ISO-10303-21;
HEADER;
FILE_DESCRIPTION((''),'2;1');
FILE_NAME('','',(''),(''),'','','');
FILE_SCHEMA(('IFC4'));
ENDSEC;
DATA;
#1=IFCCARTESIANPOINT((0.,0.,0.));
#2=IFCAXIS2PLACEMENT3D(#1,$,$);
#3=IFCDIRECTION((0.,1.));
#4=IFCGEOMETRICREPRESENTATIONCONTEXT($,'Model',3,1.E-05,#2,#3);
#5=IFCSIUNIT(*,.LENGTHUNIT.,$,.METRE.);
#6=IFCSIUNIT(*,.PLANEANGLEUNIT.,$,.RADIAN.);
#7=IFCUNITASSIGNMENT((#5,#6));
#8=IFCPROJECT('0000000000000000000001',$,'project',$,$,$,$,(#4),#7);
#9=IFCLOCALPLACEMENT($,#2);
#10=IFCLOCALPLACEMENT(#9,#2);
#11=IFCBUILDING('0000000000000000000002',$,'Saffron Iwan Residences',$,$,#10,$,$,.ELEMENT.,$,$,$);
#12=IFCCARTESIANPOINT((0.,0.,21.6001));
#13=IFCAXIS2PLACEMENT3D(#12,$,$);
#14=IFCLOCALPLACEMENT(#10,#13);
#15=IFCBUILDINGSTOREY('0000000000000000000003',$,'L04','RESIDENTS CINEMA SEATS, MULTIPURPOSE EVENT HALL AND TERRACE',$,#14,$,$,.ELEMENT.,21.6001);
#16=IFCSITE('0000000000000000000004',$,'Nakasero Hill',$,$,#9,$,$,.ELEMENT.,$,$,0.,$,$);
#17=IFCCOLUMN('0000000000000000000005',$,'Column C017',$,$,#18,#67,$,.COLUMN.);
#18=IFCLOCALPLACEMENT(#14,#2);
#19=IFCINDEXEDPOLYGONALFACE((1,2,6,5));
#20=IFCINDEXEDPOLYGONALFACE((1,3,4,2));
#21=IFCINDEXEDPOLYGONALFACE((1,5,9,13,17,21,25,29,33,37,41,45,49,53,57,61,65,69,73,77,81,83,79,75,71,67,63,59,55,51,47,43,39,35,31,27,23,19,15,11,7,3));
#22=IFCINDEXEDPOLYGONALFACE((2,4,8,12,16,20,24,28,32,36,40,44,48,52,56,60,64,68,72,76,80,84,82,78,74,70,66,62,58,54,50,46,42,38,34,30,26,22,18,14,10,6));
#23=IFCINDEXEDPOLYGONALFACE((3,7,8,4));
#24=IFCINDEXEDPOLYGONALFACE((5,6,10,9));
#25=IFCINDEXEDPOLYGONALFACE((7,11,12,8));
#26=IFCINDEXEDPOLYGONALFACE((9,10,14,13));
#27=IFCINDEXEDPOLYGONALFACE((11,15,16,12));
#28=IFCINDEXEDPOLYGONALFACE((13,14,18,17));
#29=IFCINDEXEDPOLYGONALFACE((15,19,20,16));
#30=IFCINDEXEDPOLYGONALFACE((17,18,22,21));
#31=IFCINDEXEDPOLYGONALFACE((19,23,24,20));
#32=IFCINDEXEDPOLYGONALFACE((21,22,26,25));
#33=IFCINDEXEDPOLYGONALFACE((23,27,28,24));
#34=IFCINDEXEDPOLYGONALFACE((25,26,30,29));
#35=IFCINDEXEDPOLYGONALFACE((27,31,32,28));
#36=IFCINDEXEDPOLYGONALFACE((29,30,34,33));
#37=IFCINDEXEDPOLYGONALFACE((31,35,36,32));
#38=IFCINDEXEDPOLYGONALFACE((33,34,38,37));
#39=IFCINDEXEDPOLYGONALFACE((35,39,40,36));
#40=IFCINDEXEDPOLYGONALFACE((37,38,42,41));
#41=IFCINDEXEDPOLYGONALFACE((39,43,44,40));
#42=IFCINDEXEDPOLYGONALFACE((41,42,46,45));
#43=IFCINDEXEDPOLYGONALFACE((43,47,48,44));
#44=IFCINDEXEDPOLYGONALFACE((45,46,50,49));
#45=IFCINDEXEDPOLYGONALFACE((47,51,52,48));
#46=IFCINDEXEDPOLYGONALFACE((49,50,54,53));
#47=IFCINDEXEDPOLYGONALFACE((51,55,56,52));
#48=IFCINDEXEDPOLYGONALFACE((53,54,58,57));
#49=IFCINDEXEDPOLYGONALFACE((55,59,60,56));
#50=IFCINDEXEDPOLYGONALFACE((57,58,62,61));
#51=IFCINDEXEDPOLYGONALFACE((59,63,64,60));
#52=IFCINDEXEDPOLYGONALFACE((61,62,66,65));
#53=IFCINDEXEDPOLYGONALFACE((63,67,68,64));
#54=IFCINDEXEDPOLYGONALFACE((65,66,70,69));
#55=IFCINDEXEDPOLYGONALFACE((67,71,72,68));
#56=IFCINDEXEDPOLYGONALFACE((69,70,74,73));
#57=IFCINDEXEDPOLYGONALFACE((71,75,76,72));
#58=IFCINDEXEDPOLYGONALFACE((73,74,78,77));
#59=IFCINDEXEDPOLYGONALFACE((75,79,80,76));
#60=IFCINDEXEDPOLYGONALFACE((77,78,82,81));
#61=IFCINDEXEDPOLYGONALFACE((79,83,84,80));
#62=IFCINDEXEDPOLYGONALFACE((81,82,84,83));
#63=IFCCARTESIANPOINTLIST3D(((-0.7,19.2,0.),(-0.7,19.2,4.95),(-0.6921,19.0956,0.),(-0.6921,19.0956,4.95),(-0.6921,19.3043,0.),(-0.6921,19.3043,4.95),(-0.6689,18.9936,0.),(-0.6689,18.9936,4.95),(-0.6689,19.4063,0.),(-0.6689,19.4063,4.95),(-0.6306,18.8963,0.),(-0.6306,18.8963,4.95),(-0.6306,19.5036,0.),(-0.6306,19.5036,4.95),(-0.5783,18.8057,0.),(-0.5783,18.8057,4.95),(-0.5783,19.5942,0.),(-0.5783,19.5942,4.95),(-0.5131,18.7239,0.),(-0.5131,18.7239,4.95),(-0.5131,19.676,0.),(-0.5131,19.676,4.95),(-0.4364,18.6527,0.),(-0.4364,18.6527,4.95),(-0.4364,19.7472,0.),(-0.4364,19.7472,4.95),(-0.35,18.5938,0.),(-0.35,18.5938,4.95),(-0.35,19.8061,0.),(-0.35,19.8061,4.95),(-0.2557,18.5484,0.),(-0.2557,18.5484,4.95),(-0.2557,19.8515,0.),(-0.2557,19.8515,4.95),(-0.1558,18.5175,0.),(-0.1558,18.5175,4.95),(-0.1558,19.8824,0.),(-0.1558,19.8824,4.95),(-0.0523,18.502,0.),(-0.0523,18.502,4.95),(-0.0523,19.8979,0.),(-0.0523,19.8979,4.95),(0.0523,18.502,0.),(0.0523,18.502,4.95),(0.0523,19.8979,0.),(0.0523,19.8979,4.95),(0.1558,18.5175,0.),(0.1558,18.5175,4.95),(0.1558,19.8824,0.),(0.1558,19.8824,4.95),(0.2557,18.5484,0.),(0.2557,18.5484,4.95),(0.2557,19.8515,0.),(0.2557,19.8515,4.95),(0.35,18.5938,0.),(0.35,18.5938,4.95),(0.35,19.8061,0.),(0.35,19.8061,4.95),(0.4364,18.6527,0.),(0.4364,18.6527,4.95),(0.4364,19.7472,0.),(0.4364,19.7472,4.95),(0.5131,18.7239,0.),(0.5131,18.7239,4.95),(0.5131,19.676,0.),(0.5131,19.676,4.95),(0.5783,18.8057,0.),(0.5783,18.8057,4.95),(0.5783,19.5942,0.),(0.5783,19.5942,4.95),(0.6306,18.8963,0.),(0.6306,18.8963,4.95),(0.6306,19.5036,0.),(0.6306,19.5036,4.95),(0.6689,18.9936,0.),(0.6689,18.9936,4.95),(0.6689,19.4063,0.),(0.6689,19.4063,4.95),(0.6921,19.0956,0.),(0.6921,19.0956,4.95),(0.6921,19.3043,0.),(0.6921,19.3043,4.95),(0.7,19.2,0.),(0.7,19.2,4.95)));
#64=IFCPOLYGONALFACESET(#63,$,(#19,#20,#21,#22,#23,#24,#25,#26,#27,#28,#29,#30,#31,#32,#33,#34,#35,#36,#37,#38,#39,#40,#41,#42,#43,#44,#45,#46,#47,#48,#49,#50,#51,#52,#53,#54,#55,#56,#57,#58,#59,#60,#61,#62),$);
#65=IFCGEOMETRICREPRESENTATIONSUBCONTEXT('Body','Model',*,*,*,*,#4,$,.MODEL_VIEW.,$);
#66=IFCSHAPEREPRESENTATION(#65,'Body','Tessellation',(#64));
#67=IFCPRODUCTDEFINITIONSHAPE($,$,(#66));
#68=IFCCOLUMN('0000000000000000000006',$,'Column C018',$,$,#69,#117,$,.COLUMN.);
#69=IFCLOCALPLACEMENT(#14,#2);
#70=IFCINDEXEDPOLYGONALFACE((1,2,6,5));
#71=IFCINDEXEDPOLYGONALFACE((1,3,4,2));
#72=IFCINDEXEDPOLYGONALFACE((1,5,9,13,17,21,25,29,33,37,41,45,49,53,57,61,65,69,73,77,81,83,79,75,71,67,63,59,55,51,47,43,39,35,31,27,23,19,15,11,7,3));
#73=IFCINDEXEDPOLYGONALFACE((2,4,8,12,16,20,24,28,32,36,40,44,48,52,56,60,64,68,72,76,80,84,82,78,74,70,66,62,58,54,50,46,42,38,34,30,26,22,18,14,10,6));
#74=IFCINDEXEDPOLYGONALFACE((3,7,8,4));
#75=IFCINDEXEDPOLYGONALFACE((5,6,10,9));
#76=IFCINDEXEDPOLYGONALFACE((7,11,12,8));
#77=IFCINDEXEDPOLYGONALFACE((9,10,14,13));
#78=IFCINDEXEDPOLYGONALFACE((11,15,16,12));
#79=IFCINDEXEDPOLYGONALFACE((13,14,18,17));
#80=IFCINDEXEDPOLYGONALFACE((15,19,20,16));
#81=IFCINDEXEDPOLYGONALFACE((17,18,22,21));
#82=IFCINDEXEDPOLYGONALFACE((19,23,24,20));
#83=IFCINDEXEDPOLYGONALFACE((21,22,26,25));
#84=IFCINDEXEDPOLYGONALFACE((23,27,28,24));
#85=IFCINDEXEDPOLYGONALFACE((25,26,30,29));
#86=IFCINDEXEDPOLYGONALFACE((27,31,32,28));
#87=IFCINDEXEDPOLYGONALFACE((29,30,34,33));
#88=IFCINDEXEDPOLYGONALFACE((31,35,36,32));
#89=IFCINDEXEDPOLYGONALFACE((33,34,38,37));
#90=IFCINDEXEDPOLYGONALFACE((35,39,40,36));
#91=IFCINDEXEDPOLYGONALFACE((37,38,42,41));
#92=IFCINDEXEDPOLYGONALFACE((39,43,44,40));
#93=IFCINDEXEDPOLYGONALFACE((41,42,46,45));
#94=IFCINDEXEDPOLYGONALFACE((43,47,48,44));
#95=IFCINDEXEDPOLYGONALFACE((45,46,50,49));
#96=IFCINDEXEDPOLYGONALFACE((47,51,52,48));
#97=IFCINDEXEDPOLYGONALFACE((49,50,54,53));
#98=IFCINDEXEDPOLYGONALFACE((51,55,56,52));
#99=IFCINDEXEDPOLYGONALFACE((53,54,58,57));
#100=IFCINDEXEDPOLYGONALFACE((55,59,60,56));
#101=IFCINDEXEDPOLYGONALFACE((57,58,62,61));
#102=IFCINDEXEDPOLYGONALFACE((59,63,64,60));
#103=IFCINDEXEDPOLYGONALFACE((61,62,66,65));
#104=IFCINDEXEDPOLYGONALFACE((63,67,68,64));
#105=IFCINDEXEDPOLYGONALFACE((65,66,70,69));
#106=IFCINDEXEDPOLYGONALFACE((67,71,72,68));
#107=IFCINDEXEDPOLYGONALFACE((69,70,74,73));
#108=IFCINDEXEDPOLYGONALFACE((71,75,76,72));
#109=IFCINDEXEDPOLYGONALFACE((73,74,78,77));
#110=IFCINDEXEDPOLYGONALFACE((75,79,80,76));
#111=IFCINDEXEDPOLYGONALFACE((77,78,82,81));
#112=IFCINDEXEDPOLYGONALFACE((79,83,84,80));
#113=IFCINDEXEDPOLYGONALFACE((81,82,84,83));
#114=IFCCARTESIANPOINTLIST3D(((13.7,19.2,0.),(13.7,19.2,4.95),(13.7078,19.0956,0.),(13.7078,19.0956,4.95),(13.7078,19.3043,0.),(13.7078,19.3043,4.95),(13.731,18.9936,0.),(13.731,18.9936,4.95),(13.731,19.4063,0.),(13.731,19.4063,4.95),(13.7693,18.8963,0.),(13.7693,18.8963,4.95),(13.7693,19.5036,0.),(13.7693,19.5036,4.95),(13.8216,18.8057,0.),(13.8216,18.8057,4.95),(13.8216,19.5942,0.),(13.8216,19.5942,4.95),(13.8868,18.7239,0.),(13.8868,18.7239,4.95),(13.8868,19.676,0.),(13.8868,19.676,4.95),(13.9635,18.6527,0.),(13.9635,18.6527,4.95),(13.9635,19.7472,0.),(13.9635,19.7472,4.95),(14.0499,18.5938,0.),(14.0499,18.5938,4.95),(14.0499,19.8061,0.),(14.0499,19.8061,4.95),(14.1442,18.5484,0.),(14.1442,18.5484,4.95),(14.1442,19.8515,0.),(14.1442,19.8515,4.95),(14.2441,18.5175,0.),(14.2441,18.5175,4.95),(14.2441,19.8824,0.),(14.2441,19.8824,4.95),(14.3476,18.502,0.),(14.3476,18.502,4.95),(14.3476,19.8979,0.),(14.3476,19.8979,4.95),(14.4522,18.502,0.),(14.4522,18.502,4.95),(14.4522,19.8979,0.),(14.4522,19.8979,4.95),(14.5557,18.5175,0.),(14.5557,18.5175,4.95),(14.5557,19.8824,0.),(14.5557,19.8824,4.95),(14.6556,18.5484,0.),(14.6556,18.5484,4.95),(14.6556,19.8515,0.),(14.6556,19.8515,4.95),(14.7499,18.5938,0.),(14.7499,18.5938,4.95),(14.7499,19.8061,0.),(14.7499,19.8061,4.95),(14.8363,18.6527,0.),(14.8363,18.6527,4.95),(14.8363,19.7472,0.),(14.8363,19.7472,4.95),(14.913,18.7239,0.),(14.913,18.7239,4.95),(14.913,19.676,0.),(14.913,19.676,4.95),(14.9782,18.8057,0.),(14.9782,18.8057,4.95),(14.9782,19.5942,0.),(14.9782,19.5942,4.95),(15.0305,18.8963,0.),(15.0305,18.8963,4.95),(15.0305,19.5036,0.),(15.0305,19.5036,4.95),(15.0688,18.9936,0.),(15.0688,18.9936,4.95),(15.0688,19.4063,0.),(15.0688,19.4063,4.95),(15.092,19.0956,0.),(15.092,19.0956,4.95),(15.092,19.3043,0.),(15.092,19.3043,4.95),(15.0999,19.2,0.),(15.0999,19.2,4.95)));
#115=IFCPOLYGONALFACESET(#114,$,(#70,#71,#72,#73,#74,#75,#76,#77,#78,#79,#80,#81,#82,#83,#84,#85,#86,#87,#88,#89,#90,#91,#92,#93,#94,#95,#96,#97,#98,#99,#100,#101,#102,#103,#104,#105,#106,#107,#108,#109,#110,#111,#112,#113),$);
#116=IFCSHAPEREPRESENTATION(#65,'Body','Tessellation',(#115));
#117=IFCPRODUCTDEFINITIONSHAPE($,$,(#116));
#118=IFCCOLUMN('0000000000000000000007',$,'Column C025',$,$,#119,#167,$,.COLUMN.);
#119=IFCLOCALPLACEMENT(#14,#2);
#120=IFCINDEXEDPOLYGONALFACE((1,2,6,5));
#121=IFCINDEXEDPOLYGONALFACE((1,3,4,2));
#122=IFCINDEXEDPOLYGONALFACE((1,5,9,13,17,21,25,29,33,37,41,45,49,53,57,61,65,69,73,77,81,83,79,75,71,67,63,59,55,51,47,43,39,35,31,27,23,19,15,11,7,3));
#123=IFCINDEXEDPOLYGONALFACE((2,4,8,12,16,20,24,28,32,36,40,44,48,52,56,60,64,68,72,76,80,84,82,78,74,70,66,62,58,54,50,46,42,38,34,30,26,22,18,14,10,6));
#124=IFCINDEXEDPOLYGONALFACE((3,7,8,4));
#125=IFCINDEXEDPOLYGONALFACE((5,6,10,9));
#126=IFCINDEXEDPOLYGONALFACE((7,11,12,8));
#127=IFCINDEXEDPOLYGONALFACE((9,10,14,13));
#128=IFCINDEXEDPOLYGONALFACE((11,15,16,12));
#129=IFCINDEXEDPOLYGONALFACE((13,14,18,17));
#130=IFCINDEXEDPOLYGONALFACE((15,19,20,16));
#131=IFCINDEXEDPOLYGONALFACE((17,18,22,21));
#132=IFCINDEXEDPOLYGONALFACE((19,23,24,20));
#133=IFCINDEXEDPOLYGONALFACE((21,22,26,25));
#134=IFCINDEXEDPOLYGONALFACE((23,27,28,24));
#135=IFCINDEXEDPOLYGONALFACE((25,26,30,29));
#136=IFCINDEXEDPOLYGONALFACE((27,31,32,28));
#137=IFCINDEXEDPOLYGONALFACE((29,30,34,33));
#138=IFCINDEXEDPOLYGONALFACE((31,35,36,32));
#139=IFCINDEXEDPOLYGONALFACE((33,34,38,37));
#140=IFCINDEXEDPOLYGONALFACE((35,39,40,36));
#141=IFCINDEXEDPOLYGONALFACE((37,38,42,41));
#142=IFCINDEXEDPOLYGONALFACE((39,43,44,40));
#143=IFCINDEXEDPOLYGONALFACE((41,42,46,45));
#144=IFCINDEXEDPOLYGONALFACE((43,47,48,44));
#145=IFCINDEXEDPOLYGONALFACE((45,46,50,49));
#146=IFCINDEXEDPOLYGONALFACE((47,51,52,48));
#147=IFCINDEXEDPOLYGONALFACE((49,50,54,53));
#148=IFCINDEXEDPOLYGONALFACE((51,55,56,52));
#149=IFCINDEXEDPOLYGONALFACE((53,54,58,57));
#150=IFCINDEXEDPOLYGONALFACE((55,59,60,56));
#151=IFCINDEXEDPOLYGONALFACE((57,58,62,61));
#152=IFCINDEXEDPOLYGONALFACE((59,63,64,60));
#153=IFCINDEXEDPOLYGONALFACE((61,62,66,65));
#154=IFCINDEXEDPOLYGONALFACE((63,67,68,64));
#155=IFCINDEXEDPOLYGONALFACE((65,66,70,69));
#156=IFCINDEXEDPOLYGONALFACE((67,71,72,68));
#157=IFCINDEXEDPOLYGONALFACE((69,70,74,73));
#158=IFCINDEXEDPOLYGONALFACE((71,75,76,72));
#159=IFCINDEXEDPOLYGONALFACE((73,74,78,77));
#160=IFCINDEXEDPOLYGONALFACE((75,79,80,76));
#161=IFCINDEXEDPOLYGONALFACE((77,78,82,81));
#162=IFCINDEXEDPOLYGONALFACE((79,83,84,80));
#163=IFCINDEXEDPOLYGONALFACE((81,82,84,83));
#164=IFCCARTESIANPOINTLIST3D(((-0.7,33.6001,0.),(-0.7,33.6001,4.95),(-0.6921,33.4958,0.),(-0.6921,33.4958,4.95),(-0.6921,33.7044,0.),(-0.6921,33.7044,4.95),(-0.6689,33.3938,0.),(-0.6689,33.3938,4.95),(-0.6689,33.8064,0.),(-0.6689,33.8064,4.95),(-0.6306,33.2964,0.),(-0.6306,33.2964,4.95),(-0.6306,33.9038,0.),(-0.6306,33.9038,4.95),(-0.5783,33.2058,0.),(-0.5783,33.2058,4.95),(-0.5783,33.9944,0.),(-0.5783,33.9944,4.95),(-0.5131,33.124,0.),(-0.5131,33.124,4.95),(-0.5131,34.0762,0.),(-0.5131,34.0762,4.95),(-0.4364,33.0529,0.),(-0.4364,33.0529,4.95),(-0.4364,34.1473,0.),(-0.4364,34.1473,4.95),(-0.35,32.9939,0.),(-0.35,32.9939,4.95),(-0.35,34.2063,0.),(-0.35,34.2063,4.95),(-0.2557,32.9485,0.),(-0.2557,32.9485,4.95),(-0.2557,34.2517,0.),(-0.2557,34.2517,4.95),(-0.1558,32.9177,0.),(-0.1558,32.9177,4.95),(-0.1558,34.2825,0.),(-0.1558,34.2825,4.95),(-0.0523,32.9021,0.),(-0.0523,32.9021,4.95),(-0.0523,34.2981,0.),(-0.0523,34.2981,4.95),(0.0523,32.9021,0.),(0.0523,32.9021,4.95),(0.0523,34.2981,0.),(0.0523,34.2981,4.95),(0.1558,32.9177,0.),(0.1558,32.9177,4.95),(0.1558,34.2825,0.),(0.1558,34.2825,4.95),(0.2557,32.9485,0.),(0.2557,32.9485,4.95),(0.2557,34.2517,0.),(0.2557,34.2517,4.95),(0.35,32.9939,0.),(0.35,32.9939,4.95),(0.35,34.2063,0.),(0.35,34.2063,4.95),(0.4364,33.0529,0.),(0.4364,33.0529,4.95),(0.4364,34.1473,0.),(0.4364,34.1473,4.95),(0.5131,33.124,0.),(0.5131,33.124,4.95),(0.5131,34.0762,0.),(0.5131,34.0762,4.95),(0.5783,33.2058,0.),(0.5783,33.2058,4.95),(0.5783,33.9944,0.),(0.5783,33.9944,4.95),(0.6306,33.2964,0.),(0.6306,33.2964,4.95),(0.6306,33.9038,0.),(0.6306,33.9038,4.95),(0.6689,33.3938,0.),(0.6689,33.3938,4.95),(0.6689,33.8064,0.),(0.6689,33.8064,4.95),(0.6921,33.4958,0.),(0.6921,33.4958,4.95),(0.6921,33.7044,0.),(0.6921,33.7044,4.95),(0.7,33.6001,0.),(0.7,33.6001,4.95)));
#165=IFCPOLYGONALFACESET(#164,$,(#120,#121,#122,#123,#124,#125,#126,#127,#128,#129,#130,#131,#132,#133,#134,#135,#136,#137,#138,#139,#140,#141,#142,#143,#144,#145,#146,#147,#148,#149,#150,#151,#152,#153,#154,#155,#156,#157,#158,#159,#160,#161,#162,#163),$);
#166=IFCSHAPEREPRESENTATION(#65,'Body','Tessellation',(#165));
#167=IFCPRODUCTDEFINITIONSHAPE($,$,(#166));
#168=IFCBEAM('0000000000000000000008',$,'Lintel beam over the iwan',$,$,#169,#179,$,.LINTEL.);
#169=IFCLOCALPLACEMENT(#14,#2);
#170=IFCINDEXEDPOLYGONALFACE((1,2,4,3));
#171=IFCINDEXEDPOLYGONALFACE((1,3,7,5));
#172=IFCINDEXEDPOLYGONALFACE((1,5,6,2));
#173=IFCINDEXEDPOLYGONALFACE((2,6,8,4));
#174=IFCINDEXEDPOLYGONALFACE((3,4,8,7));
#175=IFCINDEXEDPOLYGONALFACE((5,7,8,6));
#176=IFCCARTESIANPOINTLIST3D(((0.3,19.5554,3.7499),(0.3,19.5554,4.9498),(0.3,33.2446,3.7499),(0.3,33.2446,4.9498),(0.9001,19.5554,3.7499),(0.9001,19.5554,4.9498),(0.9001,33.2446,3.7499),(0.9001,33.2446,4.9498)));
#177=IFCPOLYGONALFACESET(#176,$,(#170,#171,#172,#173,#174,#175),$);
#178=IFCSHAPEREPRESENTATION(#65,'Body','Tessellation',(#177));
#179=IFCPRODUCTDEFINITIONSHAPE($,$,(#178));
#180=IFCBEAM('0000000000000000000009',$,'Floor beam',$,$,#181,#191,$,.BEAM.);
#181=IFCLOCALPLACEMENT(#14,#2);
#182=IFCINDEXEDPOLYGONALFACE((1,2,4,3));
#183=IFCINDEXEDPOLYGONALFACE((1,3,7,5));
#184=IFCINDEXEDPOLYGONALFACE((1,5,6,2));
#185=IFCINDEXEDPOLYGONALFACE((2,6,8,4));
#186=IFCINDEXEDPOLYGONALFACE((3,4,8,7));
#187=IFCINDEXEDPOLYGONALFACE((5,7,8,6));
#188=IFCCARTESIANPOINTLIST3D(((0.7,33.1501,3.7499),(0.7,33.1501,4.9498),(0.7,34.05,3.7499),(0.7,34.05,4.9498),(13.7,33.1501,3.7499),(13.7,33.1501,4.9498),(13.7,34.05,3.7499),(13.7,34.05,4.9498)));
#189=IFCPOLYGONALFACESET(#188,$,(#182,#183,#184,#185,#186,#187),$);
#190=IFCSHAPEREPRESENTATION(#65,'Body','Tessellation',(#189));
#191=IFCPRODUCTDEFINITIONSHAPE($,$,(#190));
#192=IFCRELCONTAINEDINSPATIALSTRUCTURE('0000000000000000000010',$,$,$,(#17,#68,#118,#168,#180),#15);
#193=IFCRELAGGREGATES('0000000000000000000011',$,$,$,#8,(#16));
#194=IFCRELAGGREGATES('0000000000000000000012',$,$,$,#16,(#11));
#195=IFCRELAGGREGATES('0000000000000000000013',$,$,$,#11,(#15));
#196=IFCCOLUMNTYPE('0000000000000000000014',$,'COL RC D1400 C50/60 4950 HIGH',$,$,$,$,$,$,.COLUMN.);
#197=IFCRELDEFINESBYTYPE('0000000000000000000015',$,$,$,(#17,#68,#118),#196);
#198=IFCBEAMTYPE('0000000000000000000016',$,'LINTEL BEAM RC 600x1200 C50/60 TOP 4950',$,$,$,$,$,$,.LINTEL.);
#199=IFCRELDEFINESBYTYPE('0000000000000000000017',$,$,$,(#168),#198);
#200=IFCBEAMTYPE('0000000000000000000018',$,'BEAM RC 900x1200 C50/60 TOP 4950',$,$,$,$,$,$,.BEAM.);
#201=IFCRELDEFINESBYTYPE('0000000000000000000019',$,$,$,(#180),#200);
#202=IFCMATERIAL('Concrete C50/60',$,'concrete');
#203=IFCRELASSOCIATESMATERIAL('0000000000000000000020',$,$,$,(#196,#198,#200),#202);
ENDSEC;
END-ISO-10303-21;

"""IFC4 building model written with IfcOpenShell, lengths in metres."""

from ifc_helpers import new_model, si_unit, direction, frame, origin, origin_2d, place, context, subcontext, project, spatial, rectangle, circle, extrude, source, transform, mapped, material, material_profile, profile_set, type_object, element, save


model = new_model("IFC4")

# Units and contexts
model_context = context("Model", 3, precision=1e-05, world=origin(), true_north=direction((0.0, 1.0)))
body_context = subcontext(model_context, "Body", "Model", "MODEL_VIEW")
ifc_project = project(units=[si_unit("LENGTHUNIT", "METRE"), si_unit("PLANEANGLEUNIT", "RADIAN")], contexts=[model_context])

# Site, building, storey
site_placement = place(None, origin())
site = spatial("IfcSite", under=ifc_project, at=site_placement, Name="Nakasero Hill", CompositionType="ELEMENT", RefElevation=0.0)
building_placement = place(site_placement, origin())
building = spatial("IfcBuilding", under=site, at=building_placement, Name="Saffron Iwan Residences", CompositionType="ELEMENT")
storey_placement = place(building_placement, frame((0.0, 0.0, 21.6001)))
storey = spatial("IfcBuildingStorey", under=building, at=storey_placement, Name="L04", Description="RESIDENTS CINEMA SEATS, MULTIPURPOSE EVENT HALL AND TERRACE", CompositionType="ELEMENT", Elevation=21.6001)

# Columns
ifc_material_1 = material(Name="Concrete C50/60", Category="concrete")
ifc_material_profile_1 = material_profile(ifc_material_1, circle(Radius=0.7, at=origin_2d()), Name="RC D1400")
ifc_profile_set_1 = profile_set([ifc_material_profile_1], Name="Concrete C50/60")
column_type = type_object("IfcColumnType", Name="COL RC D1400 C50/60 4950 HIGH", PredefinedType="COLUMN", material=ifc_profile_set_1)
shared_shape_1 = source(origin(), body_context, "Body", "SweptSolid", [
    extrude(circle(Radius=0.7, at=origin_2d()), origin(), (0.0, 0.0, 1.0), 4.95),
])
for number, where, z_axis, x_axis, name in (
    (1, (0.0, 19.2, 0.0), (0.0, 0.0, 1.0), (1.0, 0.0, 0.0), "Column C017"),
    (2, (14.3999, 19.2, 0.0), (0.0, 0.0, 1.0), (1.0, 0.0, 0.0), "Column C018"),
    (3, (0.0, 33.6001, 0.0), (0.0, 0.0, 1.0), (1.0, 0.0, 0.0), "Column C025"),
):
    element("IfcColumn", number, at=place(storey_placement, frame(where, z_axis=z_axis, x_axis=x_axis)), inside=storey, type_object=column_type, Name=name, PredefinedType="COLUMN", context=body_context, shape_type="MappedRepresentation", body=[
        mapped(shared_shape_1, transform((0.0, 0.0, 0.0))),
    ])

# Beams
ifc_material_profile_2 = material_profile(ifc_material_1, rectangle(XDim=0.6001, YDim=1.2, at=origin_2d()), Name="RC 600x1200")
ifc_profile_set_2 = profile_set([ifc_material_profile_2], Name="Concrete C50/60")
beam_type_1 = type_object("IfcBeamType", Name="LINTEL BEAM RC 600x1200 C50/60 TOP 4950", PredefinedType="LINTEL", material=ifc_profile_set_2)
shared_shape_2 = source(origin(), body_context, "Body", "SweptSolid", [
    extrude(rectangle(XDim=0.6001, YDim=1.2, at=origin_2d()), origin(), (0.0, 0.0, 1.0), 13.6892),
])
beam_1_placement = place(storey_placement, frame((0.6001, 19.5554, 4.3499), z_axis=(0.0, 1.0, 0.0), x_axis=(-1.0, 0.0, 0.0)))
element("IfcBeam", 4, at=beam_1_placement, inside=storey, type_object=beam_type_1, Name="Lintel beam over the iwan", PredefinedType="LINTEL", context=body_context, shape_type="MappedRepresentation", body=[
    mapped(shared_shape_2, transform((0.0, 0.0, 0.0))),
])
ifc_material_profile_3 = material_profile(ifc_material_1, rectangle(XDim=0.8999, YDim=1.2, at=origin_2d()), Name="RC 900x1200")
ifc_profile_set_3 = profile_set([ifc_material_profile_3], Name="Concrete C50/60")
beam_type_2 = type_object("IfcBeamType", Name="BEAM RC 900x1200 C50/60 TOP 4950", PredefinedType="BEAM", material=ifc_profile_set_3)
shared_shape_3 = source(origin(), body_context, "Body", "SweptSolid", [
    extrude(rectangle(XDim=0.8999, YDim=1.2, at=origin_2d()), origin(), (0.0, 0.0, 1.0), 13.0),
])
beam_2_placement = place(storey_placement, frame((0.7, 33.6001, 4.3499), z_axis=(1.0, 0.0, 0.0), x_axis=(0.0, 1.0, 0.0)))
element("IfcBeam", 5, at=beam_2_placement, inside=storey, type_object=beam_type_2, Name="Floor beam", PredefinedType="BEAM", context=body_context, shape_type="MappedRepresentation", body=[
    mapped(shared_shape_3, transform((0.0, 0.0, 0.0))),
])

save(model, "model.ifc")
